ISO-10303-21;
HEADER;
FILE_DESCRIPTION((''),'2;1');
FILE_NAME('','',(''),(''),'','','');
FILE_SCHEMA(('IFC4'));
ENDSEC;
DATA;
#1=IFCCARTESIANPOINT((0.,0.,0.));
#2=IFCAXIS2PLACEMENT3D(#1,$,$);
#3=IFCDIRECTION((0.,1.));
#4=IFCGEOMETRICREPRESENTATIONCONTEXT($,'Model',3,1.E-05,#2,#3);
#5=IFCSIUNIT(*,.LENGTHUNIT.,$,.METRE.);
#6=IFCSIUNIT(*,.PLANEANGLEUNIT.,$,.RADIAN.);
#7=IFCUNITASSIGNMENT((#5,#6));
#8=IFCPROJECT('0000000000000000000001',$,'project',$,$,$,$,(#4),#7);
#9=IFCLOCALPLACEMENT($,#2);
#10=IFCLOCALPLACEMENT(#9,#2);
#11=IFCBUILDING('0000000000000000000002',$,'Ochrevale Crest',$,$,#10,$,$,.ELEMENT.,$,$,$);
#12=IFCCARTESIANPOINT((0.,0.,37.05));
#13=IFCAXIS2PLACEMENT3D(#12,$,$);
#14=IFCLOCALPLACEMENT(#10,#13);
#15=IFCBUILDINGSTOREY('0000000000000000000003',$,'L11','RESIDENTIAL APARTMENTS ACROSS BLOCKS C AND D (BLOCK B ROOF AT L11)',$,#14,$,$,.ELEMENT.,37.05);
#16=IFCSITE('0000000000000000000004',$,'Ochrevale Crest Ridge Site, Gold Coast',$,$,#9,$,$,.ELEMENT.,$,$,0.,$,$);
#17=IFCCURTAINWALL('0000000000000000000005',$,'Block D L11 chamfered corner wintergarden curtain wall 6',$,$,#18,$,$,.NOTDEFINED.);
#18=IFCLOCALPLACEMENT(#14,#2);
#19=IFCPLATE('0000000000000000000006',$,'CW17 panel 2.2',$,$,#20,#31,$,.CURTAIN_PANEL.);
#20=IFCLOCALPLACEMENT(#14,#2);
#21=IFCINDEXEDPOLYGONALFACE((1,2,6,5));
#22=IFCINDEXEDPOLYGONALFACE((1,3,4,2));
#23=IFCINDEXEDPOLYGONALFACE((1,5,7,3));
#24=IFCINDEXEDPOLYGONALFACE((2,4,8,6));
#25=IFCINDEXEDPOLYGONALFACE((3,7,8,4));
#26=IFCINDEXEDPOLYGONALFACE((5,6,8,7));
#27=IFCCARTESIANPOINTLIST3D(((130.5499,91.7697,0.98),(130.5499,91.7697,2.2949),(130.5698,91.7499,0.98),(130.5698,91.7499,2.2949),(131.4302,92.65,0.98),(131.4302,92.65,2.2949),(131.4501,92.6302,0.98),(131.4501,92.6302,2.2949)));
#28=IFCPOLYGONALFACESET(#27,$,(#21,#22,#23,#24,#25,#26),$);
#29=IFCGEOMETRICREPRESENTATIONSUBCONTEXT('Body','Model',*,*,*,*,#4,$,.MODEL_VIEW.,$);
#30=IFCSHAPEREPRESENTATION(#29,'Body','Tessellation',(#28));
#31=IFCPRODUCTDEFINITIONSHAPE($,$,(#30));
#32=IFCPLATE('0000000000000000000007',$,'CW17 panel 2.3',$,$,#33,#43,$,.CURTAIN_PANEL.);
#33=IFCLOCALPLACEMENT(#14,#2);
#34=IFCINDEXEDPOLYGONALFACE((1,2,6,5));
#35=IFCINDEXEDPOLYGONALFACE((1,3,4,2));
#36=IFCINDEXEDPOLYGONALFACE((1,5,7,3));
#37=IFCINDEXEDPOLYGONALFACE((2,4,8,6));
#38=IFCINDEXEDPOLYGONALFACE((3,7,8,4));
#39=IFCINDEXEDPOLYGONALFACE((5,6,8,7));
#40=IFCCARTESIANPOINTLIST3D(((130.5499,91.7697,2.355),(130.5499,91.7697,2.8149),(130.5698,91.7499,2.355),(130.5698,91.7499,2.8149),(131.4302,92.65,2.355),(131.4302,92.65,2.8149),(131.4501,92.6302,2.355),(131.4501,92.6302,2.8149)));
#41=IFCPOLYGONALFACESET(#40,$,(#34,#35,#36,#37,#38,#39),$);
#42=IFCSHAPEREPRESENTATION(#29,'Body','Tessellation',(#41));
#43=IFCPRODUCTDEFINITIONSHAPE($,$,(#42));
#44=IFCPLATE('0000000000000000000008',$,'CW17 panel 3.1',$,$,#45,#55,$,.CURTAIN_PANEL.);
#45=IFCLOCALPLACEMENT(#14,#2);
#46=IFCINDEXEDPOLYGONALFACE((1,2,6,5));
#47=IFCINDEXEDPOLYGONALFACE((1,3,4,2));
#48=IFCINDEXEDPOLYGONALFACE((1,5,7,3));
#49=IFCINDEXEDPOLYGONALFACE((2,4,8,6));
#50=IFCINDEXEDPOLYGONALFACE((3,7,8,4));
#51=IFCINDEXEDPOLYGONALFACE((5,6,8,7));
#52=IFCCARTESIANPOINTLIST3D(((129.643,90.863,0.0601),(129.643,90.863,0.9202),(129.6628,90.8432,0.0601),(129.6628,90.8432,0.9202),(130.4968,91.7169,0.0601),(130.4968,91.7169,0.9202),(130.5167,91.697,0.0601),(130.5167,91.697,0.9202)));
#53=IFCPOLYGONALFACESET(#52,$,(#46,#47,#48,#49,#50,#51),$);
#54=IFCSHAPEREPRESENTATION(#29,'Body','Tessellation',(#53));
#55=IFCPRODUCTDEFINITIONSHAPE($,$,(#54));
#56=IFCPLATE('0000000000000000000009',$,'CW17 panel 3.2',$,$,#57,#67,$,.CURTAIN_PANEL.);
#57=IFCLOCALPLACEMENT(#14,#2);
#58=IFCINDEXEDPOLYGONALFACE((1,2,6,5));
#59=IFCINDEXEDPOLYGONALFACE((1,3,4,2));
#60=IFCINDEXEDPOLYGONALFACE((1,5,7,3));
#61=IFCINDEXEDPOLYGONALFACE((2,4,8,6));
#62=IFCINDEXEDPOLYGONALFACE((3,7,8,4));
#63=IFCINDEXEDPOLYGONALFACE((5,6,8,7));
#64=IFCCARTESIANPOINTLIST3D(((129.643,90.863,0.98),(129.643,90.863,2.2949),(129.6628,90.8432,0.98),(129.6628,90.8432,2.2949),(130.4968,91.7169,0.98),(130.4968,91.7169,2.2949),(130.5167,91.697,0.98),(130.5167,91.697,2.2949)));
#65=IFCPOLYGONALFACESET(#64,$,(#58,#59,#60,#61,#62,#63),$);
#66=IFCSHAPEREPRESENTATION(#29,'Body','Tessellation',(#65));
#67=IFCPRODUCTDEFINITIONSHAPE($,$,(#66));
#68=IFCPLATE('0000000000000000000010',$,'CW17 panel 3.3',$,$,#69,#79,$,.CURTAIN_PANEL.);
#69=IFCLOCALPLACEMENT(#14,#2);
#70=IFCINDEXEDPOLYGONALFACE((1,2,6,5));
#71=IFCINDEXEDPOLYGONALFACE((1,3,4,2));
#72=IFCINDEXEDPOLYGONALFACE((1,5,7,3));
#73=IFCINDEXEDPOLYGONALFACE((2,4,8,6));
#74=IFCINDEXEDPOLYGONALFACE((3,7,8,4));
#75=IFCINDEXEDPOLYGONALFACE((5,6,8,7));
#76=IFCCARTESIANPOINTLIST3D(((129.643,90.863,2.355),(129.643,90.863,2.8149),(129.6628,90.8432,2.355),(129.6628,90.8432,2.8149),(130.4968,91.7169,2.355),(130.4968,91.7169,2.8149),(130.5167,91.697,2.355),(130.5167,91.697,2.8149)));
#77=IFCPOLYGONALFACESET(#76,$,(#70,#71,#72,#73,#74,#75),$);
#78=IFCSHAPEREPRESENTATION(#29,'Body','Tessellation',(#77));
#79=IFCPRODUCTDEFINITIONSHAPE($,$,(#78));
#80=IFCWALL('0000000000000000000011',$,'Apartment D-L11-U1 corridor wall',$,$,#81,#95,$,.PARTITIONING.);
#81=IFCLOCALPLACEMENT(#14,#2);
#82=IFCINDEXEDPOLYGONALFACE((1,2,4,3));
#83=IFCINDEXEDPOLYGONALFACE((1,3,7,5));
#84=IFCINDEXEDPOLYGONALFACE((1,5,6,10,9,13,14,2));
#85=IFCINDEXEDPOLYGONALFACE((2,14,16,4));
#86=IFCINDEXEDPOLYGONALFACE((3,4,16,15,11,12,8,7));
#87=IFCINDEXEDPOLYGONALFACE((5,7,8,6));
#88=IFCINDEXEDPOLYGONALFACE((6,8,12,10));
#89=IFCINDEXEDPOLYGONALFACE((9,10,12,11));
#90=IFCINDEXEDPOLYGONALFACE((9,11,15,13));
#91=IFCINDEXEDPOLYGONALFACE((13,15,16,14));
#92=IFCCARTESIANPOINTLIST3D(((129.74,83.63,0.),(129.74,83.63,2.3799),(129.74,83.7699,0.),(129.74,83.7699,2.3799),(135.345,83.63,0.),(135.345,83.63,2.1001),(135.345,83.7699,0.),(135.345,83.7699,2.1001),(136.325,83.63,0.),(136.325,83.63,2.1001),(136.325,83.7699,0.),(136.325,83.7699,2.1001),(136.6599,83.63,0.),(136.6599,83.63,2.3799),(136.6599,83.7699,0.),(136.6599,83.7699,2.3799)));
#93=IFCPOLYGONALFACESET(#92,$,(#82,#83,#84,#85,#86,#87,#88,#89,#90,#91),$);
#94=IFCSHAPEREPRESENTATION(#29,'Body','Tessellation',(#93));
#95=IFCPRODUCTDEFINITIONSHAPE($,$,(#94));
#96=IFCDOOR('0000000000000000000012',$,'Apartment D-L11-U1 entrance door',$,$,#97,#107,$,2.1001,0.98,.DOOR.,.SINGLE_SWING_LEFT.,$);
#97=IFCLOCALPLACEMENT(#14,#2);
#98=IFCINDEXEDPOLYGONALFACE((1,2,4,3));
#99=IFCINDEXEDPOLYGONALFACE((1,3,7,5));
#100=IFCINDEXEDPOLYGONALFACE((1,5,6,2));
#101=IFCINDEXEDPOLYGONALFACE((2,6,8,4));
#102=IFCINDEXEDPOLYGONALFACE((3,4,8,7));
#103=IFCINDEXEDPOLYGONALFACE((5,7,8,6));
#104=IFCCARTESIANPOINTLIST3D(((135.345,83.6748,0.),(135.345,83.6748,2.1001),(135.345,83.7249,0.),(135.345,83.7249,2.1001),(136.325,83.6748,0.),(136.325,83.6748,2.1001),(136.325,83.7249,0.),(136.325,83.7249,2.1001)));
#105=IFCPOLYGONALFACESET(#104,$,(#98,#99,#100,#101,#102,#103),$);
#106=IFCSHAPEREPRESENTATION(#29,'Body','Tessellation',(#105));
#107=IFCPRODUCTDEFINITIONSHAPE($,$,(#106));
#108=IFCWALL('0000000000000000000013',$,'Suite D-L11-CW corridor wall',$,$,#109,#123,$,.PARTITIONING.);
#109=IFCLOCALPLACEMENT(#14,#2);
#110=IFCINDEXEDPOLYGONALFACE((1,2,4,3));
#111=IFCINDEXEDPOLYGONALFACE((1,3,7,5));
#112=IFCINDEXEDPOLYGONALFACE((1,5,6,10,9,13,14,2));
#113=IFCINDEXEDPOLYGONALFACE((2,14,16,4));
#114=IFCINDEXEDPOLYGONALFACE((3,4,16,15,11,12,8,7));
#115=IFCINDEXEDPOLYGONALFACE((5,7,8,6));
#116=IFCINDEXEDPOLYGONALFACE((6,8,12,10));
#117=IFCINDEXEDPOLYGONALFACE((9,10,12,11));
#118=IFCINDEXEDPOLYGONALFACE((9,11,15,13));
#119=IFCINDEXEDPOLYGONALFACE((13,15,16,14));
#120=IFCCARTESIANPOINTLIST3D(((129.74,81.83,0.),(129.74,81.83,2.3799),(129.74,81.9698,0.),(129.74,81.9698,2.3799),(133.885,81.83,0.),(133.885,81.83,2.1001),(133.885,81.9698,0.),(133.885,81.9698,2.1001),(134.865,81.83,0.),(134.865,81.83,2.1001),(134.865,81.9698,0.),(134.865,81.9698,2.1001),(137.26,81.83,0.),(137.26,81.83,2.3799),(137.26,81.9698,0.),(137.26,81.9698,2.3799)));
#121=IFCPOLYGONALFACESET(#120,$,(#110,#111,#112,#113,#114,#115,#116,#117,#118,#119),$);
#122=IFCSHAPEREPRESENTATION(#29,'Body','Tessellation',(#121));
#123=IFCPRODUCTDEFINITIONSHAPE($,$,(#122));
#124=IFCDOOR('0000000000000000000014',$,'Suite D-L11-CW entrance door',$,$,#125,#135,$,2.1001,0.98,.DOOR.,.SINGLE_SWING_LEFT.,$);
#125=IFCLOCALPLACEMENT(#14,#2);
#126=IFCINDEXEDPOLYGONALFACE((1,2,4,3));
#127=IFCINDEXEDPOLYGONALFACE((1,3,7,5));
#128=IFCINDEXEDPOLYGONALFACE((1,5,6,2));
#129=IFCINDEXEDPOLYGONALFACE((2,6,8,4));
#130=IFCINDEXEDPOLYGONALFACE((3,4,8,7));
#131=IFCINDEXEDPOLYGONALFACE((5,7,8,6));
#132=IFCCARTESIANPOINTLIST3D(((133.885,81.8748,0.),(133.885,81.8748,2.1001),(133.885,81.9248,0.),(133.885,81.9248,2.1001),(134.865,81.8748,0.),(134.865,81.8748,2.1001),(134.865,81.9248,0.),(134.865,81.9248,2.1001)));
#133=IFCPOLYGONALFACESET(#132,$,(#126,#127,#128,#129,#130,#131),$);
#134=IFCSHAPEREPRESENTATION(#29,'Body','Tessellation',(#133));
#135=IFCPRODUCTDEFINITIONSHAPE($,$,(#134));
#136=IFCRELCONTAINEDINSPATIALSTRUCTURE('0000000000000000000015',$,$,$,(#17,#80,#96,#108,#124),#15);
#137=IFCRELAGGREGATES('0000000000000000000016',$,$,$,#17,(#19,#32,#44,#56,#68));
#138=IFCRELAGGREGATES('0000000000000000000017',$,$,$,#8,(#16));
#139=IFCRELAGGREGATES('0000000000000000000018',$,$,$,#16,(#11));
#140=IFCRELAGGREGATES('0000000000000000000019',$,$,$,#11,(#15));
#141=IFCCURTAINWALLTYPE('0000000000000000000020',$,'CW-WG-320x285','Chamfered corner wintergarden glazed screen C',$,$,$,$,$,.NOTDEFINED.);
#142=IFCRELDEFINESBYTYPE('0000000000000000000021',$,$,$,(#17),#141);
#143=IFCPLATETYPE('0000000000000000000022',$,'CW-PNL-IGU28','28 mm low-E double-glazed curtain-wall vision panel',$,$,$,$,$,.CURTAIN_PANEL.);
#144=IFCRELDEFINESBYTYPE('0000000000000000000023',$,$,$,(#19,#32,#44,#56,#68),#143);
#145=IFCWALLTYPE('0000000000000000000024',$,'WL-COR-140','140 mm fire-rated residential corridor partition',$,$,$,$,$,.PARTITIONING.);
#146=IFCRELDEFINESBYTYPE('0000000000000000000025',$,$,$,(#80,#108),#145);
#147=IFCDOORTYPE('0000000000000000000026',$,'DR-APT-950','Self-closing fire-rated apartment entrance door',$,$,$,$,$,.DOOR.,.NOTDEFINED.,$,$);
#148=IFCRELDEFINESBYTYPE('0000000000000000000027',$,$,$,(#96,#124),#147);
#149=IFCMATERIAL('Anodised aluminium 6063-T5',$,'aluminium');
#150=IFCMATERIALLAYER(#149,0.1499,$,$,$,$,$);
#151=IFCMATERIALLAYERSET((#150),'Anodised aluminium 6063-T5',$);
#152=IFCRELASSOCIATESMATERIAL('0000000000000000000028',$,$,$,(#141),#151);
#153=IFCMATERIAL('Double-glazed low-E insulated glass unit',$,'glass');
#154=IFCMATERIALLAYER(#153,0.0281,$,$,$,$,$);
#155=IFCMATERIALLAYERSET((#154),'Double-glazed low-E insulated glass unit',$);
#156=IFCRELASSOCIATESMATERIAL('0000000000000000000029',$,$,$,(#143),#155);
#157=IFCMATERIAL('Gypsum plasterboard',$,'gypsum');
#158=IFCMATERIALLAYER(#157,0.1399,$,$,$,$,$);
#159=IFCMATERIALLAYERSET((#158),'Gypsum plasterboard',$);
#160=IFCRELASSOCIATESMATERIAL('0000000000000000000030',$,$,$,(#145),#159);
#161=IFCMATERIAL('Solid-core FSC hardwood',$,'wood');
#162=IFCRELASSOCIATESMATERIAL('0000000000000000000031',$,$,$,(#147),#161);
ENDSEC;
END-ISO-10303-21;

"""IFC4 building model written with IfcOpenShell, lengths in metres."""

from ifc_helpers import new_model, si_unit, direction, frame, frame_2d, origin, origin_2d, place, context, subcontext, project, spatial, rectangle, extrude, material, layer, layer_set, type_object, element, fill, aggregate, save


model = new_model("IFC4")

# Units and contexts
model_context = context("Model", 3, precision=1e-05, world=origin(), true_north=direction((0.0, 1.0)))
body_context = subcontext(model_context, "Body", "Model", "MODEL_VIEW")
ifc_project = project(units=[si_unit("LENGTHUNIT", "METRE"), si_unit("PLANEANGLEUNIT", "RADIAN")], contexts=[model_context])

# Site, building, storey
site_placement = place(None, origin())
site = spatial("IfcSite", under=ifc_project, at=site_placement, Name="Ochrevale Crest Ridge Site, Gold Coast", CompositionType="ELEMENT", RefElevation=0.0)
building_placement = place(site_placement, origin())
building = spatial("IfcBuilding", under=site, at=building_placement, Name="Ochrevale Crest", CompositionType="ELEMENT")
storey_placement = place(building_placement, frame((0.0, 0.0, 37.05)))
storey = spatial("IfcBuildingStorey", under=building, at=storey_placement, Name="L11", Description="RESIDENTIAL APARTMENTS ACROSS BLOCKS C AND D (BLOCK B ROOF AT L11)", CompositionType="ELEMENT", Elevation=37.05)

# Curtain wall, plates
ifc_material_1 = material(Name="Anodised aluminium 6063-T5", Category="aluminium")
ifc_layer_1 = layer(ifc_material_1, 0.1499)
ifc_layer_set_1 = layer_set([ifc_layer_1], Name="Anodised aluminium 6063-T5")
curtain_wall_type = type_object("IfcCurtainWallType", Name="CW-WG-320x285", Description="Chamfered corner wintergarden glazed screen C", PredefinedType="NOTDEFINED", material=ifc_layer_set_1)
curtain_wall_placement = place(storey_placement, origin())
curtain_wall = element("IfcCurtainWall", 1, at=curtain_wall_placement, inside=storey, type_object=curtain_wall_type, Name="Block D L11 chamfered corner wintergarden curtain wall 6", PredefinedType="NOTDEFINED")
ifc_material_2 = material(Name="Double-glazed low-E insulated glass unit", Category="glass")
ifc_layer_2 = layer(ifc_material_2, 0.0281)
ifc_layer_set_2 = layer_set([ifc_layer_2], Name="Double-glazed low-E insulated glass unit")
plate_type = type_object("IfcPlateType", Name="CW-PNL-IGU28", Description="28 mm low-E double-glazed curtain-wall vision panel", PredefinedType="CURTAIN_PANEL", material=ifc_layer_set_2)
plate_1_placement = place(storey_placement, frame((131.0, 92.2, 0.98), z_axis=(0.0, 0.0, 1.0), x_axis=(-0.707107, -0.707107, 0.0)))
plate_1 = element("IfcPlate", 2, at=plate_1_placement, type_object=plate_type, Name="CW17 panel 2.2", PredefinedType="CURTAIN_PANEL", context=body_context, shape_type="SweptSolid", body=[
    extrude(rectangle(XDim=1.2449, YDim=0.0281, at=origin_2d()), origin(), (0.0, 0.0, 1.0), 1.3149),
])
plate_2_placement = place(storey_placement, frame((131.0, 92.2, 2.355), z_axis=(0.0, 0.0, 1.0), x_axis=(-0.707107, -0.707107, 0.0)))
plate_2 = element("IfcPlate", 3, at=plate_2_placement, type_object=plate_type, Name="CW17 panel 2.3", PredefinedType="CURTAIN_PANEL", context=body_context, shape_type="SweptSolid", body=[
    extrude(rectangle(XDim=1.2449, YDim=0.0281, at=origin_2d()), origin(), (0.0, 0.0, 1.0), 0.46),
])
plate_3_placement = place(storey_placement, frame((130.0798, 91.28, 0.0601), z_axis=(0.0, 0.0, 1.0), x_axis=(-0.707107, -0.707107, 0.0)))
plate_3 = element("IfcPlate", 4, at=plate_3_placement, type_object=plate_type, Name="CW17 panel 3.1", PredefinedType="CURTAIN_PANEL", context=body_context, shape_type="SweptSolid", body=[
    extrude(rectangle(XDim=1.2075, YDim=0.0281, at=origin_2d()), origin(), (0.0, 0.0, 1.0), 0.8601),
])
plate_4_placement = place(storey_placement, frame((130.0798, 91.28, 0.98), z_axis=(0.0, 0.0, 1.0), x_axis=(-0.707107, -0.707107, 0.0)))
plate_4 = element("IfcPlate", 5, at=plate_4_placement, type_object=plate_type, Name="CW17 panel 3.2", PredefinedType="CURTAIN_PANEL", context=body_context, shape_type="SweptSolid", body=[
    extrude(rectangle(XDim=1.2075, YDim=0.0281, at=origin_2d()), origin(), (0.0, 0.0, 1.0), 1.3149),
])
plate_5_placement = place(storey_placement, frame((130.0798, 91.28, 2.355), z_axis=(0.0, 0.0, 1.0), x_axis=(-0.707107, -0.707107, 0.0)))
plate_5 = element("IfcPlate", 6, at=plate_5_placement, type_object=plate_type, Name="CW17 panel 3.3", PredefinedType="CURTAIN_PANEL", context=body_context, shape_type="SweptSolid", body=[
    extrude(rectangle(XDim=1.2075, YDim=0.0281, at=origin_2d()), origin(), (0.0, 0.0, 1.0), 0.46),
])
aggregate(curtain_wall, [plate_1, plate_2, plate_3, plate_4, plate_5])

# Walls, openings, doors
ifc_material_3 = material(Name="Gypsum plasterboard", Category="gypsum")
ifc_layer_3 = layer(ifc_material_3, 0.1399)
ifc_layer_set_3 = layer_set([ifc_layer_3], Name="Gypsum plasterboard")
wall_type_1 = type_object("IfcWallType", Name="WL-COR-140", Description="140 mm fire-rated residential corridor partition", PredefinedType="PARTITIONING", material=ifc_layer_set_3)
wall_1_placement = place(storey_placement, frame((129.74, 83.7, 0.0), z_axis=(0.0, 0.0, 1.0), x_axis=(1.0, 0.0, 0.0)))
wall_1 = element("IfcWall", 7, at=wall_1_placement, inside=storey, type_object=wall_type_1, Name="Apartment D-L11-U1 corridor wall", PredefinedType="PARTITIONING", context=body_context, shape_type="SweptSolid", body=[
    extrude(rectangle(XDim=6.9199, YDim=0.1399, at=frame_2d((3.46, 0.0))), origin(), (0.0, 0.0, 1.0), 2.3799),
])
opening_1_placement = place(wall_1_placement, frame((5.605, 0.0, 0.0)))
opening_1 = element("IfcOpeningElement", 8, at=opening_1_placement, cuts=wall_1, PredefinedType="OPENING", context=body_context, shape_type="SweptSolid", body=[
    extrude(rectangle(XDim=0.98, YDim=2.1001, at=frame_2d((0.49, 1.05))), frame((0.0, 0.0801, 0.0), z_axis=(0.0, -1.0, 0.0), x_axis=(1.0, 0.0, 0.0)), (0.0, 0.0, 1.0), 0.1599),
])
ifc_material_4 = material(Name="Solid-core FSC hardwood", Category="wood")
door_type_1 = type_object("IfcDoorType", Name="DR-APT-950", Description="Self-closing fire-rated apartment entrance door", OperationType="NOTDEFINED", PredefinedType="DOOR", material=ifc_material_4)
door_1_placement = place(opening_1_placement, origin())
door_1 = element("IfcDoor", 9, at=door_1_placement, inside=storey, type_object=door_type_1, Name="Apartment D-L11-U1 entrance door", OperationType="SINGLE_SWING_LEFT", OverallHeight=2.1001, OverallWidth=0.98, PredefinedType="DOOR", context=body_context, shape_type="SweptSolid", body=[
    extrude(rectangle(XDim=0.98, YDim=2.1001, at=frame_2d((0.49, 1.05))), frame((0.0, 0.0249, 0.0), z_axis=(0.0, -1.0, 0.0), x_axis=(1.0, 0.0, 0.0)), (0.0, 0.0, 1.0), 0.05),
])
fill(opening_1, door_1)
wall_2_placement = place(storey_placement, frame((129.74, 81.8999, 0.0), z_axis=(0.0, 0.0, 1.0), x_axis=(1.0, 0.0, 0.0)))
wall_2 = element("IfcWall", 10, at=wall_2_placement, inside=storey, type_object=wall_type_1, Name="Suite D-L11-CW corridor wall", PredefinedType="PARTITIONING", context=body_context, shape_type="SweptSolid", body=[
    extrude(rectangle(XDim=7.52, YDim=0.1399, at=frame_2d((3.76, 0.0))), origin(), (0.0, 0.0, 1.0), 2.3799),
])
opening_2_placement = place(wall_2_placement, frame((4.145, 0.0, 0.0)))
opening_2 = element("IfcOpeningElement", 11, at=opening_2_placement, cuts=wall_2, PredefinedType="OPENING", context=body_context, shape_type="SweptSolid", body=[
    extrude(rectangle(XDim=0.98, YDim=2.1001, at=frame_2d((0.49, 1.05))), frame((0.0, 0.0801, 0.0), z_axis=(0.0, -1.0, 0.0), x_axis=(1.0, 0.0, 0.0)), (0.0, 0.0, 1.0), 0.1599),
])
door_2_placement = place(opening_2_placement, origin())
door_2 = element("IfcDoor", 12, at=door_2_placement, inside=storey, type_object=door_type_1, Name="Suite D-L11-CW entrance door", OperationType="SINGLE_SWING_LEFT", OverallHeight=2.1001, OverallWidth=0.98, PredefinedType="DOOR", context=body_context, shape_type="SweptSolid", body=[
    extrude(rectangle(XDim=0.98, YDim=2.1001, at=frame_2d((0.49, 1.05))), frame((0.0, 0.0249, 0.0), z_axis=(0.0, -1.0, 0.0), x_axis=(1.0, 0.0, 0.0)), (0.0, 0.0, 1.0), 0.05),
])
fill(opening_2, door_2)

save(model, "model.ifc")
